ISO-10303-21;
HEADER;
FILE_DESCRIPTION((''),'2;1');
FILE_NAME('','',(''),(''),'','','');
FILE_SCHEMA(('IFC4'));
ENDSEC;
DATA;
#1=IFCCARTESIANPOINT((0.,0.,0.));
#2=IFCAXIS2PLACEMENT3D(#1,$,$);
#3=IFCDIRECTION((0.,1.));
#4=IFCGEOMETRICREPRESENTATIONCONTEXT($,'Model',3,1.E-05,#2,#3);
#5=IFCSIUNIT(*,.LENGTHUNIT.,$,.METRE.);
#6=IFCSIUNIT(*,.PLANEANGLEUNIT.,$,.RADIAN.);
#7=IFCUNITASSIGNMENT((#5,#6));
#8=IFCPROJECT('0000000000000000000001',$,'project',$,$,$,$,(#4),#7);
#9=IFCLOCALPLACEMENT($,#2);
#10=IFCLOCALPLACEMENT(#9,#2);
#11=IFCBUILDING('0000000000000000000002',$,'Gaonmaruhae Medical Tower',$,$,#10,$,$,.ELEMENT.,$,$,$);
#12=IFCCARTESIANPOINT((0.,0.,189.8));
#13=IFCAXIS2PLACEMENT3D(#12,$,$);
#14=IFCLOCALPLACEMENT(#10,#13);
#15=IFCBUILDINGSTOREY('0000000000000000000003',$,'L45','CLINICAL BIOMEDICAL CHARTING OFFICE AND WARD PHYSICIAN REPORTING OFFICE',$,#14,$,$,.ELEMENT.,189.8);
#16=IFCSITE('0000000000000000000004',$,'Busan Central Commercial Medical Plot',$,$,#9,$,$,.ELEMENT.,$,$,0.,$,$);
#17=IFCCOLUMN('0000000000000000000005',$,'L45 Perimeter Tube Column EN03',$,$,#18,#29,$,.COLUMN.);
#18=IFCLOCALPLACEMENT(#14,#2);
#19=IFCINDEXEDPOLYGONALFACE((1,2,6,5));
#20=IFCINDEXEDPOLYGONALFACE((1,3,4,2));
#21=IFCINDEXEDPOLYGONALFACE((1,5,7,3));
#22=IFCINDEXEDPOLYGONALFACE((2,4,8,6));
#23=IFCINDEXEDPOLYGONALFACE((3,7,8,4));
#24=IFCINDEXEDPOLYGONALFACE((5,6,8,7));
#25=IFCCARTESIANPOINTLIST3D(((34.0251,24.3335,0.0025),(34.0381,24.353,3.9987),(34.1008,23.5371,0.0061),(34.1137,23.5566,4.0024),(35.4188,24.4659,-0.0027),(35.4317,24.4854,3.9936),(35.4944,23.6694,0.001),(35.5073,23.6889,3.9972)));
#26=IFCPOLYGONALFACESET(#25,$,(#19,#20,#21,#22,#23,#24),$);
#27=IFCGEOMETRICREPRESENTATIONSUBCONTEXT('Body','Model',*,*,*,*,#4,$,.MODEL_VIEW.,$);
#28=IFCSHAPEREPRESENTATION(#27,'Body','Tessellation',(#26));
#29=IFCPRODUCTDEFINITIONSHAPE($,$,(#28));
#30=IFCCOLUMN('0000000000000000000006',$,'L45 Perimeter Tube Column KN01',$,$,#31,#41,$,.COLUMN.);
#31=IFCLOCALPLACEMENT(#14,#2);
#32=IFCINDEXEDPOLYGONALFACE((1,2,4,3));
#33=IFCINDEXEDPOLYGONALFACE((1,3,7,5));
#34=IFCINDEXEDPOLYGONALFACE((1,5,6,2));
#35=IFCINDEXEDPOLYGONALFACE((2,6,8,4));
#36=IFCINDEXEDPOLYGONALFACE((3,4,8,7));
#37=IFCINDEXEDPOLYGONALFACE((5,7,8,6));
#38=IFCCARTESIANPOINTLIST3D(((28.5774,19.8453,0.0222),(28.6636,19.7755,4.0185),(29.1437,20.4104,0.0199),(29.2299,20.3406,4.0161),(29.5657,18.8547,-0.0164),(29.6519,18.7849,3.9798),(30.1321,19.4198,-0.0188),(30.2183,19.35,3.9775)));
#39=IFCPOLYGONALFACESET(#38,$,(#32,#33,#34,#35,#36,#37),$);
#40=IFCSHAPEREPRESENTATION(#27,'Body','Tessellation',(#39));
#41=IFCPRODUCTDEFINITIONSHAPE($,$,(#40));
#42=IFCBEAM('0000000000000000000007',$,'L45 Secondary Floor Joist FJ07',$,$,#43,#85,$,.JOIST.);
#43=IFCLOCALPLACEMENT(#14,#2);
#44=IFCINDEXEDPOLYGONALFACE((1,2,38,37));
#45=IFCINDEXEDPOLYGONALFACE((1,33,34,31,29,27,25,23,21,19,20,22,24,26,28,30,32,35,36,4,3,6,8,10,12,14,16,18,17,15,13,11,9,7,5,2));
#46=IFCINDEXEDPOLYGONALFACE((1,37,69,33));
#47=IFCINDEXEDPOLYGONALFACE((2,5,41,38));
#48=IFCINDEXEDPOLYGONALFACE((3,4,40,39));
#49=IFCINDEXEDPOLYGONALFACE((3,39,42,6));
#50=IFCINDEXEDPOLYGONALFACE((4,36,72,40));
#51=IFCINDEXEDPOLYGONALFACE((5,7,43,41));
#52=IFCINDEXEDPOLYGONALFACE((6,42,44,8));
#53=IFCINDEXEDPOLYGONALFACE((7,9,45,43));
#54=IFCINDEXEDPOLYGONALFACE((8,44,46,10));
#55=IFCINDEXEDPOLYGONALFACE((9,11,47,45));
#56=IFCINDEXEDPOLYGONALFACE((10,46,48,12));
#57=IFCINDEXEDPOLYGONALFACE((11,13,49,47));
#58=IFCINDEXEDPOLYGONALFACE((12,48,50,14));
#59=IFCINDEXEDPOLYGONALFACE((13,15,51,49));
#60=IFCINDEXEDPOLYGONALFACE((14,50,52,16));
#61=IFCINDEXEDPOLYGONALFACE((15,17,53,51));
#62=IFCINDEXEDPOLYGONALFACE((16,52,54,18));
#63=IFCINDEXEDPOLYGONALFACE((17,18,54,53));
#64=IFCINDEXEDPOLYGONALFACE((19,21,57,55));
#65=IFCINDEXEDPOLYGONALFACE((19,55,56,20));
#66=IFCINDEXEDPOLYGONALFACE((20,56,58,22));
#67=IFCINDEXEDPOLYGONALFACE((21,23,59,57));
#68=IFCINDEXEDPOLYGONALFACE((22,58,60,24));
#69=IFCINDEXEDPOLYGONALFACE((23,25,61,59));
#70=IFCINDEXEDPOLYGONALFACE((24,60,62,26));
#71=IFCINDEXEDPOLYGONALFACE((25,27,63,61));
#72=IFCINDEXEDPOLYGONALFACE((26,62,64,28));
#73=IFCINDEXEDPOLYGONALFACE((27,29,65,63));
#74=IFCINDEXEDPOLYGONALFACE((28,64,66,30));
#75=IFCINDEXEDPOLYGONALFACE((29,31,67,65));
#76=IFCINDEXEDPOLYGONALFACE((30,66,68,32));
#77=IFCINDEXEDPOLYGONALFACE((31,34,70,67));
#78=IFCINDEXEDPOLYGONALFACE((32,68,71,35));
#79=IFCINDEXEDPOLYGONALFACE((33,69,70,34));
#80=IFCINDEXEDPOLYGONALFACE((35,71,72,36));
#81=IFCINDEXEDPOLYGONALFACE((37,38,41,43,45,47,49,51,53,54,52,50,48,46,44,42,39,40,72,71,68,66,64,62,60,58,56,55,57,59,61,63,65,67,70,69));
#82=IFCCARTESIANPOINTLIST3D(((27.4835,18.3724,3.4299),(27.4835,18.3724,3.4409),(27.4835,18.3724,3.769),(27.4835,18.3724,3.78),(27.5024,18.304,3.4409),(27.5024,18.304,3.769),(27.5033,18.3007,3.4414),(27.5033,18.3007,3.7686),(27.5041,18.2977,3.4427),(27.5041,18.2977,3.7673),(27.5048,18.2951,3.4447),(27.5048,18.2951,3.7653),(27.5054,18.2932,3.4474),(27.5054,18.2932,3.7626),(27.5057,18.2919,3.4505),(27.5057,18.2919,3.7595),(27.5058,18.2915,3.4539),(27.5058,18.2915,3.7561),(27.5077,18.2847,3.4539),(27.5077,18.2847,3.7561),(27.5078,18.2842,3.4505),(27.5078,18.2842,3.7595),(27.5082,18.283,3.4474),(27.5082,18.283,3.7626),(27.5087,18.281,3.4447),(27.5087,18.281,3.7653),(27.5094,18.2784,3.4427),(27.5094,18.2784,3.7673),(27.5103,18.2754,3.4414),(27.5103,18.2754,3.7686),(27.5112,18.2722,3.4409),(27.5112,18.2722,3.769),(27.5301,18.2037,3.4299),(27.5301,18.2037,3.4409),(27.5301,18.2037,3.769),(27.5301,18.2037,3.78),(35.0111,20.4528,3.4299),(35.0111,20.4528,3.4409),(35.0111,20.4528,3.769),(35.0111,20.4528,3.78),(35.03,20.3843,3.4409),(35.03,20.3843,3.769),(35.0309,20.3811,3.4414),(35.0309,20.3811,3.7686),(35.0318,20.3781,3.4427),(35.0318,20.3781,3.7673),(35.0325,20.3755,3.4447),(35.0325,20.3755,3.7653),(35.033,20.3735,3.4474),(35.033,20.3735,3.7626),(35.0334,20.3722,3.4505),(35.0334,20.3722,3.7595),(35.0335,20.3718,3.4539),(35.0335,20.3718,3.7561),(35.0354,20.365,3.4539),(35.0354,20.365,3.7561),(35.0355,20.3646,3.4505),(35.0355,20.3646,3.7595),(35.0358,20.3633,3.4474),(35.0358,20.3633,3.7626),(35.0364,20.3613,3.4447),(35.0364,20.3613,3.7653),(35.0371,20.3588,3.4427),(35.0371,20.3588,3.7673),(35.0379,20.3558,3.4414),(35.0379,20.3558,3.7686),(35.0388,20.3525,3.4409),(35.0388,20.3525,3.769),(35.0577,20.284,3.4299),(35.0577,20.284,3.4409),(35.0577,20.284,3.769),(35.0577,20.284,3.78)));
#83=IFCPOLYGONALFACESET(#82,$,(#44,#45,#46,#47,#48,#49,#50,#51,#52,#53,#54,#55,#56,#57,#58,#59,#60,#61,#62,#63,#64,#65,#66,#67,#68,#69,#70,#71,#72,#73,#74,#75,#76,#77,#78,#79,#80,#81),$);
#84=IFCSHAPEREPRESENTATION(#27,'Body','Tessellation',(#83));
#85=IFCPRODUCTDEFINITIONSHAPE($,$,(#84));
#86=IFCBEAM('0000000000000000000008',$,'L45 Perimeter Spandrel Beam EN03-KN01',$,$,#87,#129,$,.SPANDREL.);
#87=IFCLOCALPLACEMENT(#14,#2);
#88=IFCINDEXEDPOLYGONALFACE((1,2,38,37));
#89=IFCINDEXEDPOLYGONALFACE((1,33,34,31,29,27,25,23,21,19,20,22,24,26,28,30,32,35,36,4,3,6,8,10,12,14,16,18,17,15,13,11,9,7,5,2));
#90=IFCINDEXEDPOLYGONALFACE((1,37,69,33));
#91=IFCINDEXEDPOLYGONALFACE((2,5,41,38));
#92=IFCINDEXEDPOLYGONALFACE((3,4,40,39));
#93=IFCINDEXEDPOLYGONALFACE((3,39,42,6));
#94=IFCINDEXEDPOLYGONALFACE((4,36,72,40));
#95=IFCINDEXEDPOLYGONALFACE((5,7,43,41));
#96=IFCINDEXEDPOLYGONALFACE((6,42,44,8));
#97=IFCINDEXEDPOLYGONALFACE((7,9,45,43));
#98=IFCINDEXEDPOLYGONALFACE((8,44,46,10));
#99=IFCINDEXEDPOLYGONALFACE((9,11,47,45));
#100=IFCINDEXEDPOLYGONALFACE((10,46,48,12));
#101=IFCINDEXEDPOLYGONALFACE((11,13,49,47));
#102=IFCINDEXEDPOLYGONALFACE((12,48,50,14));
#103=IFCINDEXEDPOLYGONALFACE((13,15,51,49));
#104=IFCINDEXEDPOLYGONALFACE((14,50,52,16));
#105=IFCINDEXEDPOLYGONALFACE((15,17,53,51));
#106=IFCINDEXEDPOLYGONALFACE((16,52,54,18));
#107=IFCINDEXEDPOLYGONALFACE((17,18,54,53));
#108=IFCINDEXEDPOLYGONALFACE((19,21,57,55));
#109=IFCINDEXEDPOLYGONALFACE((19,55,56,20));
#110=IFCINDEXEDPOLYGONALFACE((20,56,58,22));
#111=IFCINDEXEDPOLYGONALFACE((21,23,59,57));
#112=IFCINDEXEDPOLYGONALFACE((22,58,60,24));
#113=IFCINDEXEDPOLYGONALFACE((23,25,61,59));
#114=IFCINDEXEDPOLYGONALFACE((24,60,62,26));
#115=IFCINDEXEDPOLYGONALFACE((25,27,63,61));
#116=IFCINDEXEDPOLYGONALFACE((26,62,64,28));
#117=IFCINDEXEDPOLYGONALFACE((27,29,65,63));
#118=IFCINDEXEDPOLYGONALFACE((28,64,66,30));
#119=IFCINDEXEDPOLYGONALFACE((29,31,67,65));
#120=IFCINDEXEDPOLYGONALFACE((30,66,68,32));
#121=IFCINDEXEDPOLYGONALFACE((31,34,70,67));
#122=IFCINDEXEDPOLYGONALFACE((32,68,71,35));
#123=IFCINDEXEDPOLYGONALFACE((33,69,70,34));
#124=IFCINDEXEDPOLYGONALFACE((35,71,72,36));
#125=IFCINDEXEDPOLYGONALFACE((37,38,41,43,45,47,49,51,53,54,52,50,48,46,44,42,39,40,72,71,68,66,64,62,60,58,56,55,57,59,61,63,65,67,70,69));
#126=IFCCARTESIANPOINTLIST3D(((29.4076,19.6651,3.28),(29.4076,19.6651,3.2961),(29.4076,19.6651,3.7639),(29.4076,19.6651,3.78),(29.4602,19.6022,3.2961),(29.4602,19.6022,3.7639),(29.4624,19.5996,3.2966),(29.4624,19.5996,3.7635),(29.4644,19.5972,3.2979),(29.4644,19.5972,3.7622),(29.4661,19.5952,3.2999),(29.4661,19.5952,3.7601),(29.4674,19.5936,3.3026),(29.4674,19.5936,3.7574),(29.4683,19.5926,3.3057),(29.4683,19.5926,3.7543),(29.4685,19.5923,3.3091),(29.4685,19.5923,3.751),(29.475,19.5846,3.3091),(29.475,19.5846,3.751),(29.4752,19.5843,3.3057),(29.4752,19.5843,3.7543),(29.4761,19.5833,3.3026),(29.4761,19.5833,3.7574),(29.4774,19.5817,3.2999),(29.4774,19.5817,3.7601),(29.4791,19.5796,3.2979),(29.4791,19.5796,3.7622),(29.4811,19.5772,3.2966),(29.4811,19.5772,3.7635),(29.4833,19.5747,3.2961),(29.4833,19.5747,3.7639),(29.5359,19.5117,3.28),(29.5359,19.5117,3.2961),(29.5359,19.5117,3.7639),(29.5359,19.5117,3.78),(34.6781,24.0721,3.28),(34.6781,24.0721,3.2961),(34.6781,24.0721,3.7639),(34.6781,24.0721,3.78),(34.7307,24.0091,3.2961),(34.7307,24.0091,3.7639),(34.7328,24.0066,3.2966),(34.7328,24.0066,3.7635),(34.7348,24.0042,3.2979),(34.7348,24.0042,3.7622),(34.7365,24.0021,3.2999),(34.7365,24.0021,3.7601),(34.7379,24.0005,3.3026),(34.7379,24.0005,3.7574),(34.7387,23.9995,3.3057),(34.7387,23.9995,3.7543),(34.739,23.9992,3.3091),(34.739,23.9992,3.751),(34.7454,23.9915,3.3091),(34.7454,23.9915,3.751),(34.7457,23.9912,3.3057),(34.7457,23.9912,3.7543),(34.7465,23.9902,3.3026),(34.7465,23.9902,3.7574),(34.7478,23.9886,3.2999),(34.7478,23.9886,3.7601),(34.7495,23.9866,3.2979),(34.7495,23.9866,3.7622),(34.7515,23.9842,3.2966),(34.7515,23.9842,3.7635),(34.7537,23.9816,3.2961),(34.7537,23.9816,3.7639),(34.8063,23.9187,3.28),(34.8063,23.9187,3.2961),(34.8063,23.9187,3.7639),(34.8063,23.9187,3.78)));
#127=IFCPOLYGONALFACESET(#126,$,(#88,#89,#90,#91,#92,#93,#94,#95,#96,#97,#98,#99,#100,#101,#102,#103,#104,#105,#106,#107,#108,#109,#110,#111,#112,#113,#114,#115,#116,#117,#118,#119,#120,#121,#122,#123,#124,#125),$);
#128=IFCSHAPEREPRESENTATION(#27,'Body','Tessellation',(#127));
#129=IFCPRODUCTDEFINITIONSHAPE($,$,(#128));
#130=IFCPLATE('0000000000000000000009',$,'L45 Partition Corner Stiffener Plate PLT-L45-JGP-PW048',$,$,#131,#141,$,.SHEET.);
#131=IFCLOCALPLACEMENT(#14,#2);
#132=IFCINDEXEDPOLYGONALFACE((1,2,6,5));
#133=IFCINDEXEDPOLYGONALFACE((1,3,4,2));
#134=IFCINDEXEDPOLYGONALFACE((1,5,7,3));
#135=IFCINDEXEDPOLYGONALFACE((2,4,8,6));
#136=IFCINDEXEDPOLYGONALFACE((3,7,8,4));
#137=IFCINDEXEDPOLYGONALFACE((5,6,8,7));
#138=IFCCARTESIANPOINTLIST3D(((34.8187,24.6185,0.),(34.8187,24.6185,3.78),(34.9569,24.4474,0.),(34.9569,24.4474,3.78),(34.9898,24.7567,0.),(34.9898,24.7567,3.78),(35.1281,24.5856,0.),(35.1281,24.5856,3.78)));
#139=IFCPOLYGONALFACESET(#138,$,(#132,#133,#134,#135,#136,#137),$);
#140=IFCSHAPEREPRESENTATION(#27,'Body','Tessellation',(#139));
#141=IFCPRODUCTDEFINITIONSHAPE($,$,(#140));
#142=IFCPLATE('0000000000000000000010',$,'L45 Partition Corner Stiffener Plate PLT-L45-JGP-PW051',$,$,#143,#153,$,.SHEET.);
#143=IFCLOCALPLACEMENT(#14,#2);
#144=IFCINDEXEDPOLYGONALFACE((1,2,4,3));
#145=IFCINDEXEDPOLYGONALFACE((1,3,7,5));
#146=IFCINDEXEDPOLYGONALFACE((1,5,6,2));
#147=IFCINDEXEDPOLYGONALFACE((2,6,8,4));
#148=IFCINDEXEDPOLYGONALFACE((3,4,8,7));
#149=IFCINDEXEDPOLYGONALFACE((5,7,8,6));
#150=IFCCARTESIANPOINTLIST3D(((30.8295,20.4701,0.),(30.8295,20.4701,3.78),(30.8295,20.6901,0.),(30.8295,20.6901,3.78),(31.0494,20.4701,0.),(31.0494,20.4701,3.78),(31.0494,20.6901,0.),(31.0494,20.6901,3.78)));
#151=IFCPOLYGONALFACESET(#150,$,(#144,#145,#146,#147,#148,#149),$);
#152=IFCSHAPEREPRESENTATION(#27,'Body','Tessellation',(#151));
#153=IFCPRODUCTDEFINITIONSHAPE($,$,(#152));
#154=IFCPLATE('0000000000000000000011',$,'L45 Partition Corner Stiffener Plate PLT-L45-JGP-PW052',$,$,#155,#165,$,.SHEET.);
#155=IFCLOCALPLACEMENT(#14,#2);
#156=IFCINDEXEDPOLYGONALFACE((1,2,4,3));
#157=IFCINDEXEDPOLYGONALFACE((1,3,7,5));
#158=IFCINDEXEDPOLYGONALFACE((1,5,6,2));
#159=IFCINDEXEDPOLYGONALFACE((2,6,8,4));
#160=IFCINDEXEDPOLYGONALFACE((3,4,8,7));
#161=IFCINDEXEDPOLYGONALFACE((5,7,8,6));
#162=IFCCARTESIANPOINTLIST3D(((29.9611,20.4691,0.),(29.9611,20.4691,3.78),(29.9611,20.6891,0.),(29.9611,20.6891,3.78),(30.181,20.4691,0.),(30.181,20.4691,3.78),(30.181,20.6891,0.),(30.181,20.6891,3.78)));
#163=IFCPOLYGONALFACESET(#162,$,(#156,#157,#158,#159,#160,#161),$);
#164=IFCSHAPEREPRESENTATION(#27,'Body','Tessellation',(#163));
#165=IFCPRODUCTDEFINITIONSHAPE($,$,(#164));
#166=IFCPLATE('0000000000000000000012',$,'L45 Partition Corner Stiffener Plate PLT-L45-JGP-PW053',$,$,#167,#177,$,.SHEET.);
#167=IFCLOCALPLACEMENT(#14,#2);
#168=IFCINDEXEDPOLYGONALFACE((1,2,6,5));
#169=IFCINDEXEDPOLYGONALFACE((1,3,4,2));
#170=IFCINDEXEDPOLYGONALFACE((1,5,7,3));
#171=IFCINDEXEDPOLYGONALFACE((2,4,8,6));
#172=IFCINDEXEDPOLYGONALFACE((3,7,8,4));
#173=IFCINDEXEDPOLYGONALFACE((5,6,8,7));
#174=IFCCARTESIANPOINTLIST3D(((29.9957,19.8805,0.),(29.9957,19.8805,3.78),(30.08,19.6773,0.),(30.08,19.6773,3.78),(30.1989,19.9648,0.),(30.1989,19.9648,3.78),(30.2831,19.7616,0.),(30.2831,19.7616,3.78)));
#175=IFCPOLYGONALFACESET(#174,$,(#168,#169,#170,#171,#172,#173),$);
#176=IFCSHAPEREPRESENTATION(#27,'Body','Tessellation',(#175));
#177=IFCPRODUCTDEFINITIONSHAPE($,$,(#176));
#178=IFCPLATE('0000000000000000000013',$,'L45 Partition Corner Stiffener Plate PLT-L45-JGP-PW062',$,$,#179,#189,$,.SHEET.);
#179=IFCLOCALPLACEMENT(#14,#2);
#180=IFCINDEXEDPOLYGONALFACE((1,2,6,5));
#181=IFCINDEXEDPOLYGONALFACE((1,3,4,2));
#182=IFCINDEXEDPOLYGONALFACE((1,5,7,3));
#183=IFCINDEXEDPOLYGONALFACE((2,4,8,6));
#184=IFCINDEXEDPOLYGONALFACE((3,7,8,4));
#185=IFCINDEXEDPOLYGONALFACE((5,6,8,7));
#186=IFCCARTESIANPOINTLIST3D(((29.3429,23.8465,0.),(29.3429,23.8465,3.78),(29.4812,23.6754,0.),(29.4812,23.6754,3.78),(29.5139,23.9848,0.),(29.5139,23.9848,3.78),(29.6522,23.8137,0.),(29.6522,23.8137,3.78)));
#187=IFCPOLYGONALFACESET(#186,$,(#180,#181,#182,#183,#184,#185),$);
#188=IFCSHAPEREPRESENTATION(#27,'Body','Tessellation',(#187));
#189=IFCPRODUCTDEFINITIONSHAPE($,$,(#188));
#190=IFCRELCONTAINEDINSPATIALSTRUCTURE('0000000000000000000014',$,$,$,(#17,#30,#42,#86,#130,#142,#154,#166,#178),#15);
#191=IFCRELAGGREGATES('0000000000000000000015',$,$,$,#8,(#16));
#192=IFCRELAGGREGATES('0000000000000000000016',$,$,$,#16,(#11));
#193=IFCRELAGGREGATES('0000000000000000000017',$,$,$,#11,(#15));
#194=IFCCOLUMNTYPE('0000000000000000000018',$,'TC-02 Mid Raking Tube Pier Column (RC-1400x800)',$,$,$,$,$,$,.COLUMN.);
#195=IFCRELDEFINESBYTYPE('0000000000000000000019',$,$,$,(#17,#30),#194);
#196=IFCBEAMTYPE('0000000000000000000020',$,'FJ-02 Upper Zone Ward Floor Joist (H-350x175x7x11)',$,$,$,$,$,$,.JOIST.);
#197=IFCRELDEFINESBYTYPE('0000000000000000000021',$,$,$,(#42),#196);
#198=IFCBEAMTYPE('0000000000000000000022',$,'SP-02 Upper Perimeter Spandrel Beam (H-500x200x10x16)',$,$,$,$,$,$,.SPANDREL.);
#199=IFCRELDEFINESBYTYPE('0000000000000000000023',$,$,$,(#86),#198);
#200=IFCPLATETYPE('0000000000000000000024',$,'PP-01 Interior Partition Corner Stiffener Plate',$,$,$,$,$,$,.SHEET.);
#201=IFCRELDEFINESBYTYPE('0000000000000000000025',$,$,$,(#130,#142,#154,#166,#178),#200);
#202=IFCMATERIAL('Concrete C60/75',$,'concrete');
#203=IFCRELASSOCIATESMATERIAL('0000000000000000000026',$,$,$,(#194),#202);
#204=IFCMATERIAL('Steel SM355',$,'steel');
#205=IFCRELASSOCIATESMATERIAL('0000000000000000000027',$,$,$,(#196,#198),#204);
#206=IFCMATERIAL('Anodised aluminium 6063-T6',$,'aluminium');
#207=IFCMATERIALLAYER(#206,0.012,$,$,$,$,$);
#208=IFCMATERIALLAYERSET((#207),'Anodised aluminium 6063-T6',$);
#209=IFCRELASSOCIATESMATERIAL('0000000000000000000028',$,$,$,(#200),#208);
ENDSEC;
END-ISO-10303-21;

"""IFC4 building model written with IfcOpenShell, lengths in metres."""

from ifc_helpers import new_model, si_unit, direction, frame, origin, origin_2d, place, context, subcontext, project, spatial, rectangle, i_section, extrude, material, layer, layer_set, material_profile, profile_set, type_object, element, save


model = new_model("IFC4")

# Units and contexts
model_context = context("Model", 3, precision=1e-05, world=origin(), true_north=direction((0.0, 1.0)))
body_context = subcontext(model_context, "Body", "Model", "MODEL_VIEW")
ifc_project = project(units=[si_unit("LENGTHUNIT", "METRE"), si_unit("PLANEANGLEUNIT", "RADIAN")], contexts=[model_context])

# Site, building, storey
site_placement = place(None, origin())
site = spatial("IfcSite", under=ifc_project, at=site_placement, Name="Busan Central Commercial Medical Plot", CompositionType="ELEMENT", RefElevation=0.0)
building_placement = place(site_placement, origin())
building = spatial("IfcBuilding", under=site, at=building_placement, Name="Gaonmaruhae Medical Tower", CompositionType="ELEMENT")
storey_placement = place(building_placement, frame((0.0, 0.0, 189.8)))
storey = spatial("IfcBuildingStorey", under=building, at=storey_placement, Name="L45", Description="CLINICAL BIOMEDICAL CHARTING OFFICE AND WARD PHYSICIAN REPORTING OFFICE", CompositionType="ELEMENT", Elevation=189.8)

# Columns
ifc_material_1 = material(Name="Concrete C60/75", Category="concrete")
ifc_material_profile_1 = material_profile(ifc_material_1, rectangle(XDim=1.3999, YDim=0.8, at=origin_2d()), Name="RC-1400x800")
ifc_profile_set_1 = profile_set([ifc_material_profile_1], Name="Concrete C60/75")
column_type = type_object("IfcColumnType", Name="TC-02 Mid Raking Tube Pier Column (RC-1400x800)", PredefinedType="COLUMN", material=ifc_profile_set_1)
column_1_placement = place(storey_placement, frame((34.7598, 24.0015, 0.0017), z_axis=(0.003238, 0.004887, 0.999983), x_axis=(-0.995514, -0.094543, 0.003685)))
element("IfcColumn", 1, at=column_1_placement, inside=storey, type_object=column_type, Name="L45 Perimeter Tube Column EN03", PredefinedType="COLUMN", context=body_context, shape_type="SweptSolid", body=[
    extrude(rectangle(XDim=1.3999, YDim=0.8, at=origin_2d()), origin(), (0.0, 0.0, 1.0), 3.9963),
])
column_2_placement = place(storey_placement, frame((29.3547, 19.6326, 0.0017), z_axis=(0.021557, -0.017465, 0.999615), x_axis=(-0.706015, 0.707659, 0.02759)))
element("IfcColumn", 2, at=column_2_placement, inside=storey, type_object=column_type, Name="L45 Perimeter Tube Column KN01", PredefinedType="COLUMN", context=body_context, shape_type="SweptSolid", body=[
    extrude(rectangle(XDim=1.3999, YDim=0.8, at=origin_2d()), origin(), (0.0, 0.0, 1.0), 3.9978),
])

# Beams
ifc_material_2 = material(Name="Steel SM355", Category="steel")
ifc_material_profile_2 = material_profile(ifc_material_2, i_section(OverallWidth=0.175, OverallDepth=0.3501, WebThickness=0.0071, FlangeThickness=0.011, FilletRadius=0.0129, at=origin_2d()), Name="H-350x175x7x11")
ifc_profile_set_2 = profile_set([ifc_material_profile_2], Name="Steel SM355")
beam_type_1 = type_object("IfcBeamType", Name="FJ-02 Upper Zone Ward Floor Joist (H-350x175x7x11)", PredefinedType="JOIST", material=ifc_profile_set_2)
beam_1_placement = place(storey_placement, frame((35.0344, 20.3684, 3.605), z_axis=(-0.96387, -0.266375, 0.0), x_axis=(0.266375, -0.96387, 0.0)))
element("IfcBeam", 3, at=beam_1_placement, inside=storey, type_object=beam_type_1, Name="L45 Secondary Floor Joist FJ07", PredefinedType="JOIST", context=body_context, shape_type="SweptSolid", body=[
    extrude(i_section(OverallWidth=0.175, OverallDepth=0.3501, WebThickness=0.0071, FlangeThickness=0.011, FilletRadius=0.0129, at=origin_2d()), origin(), (0.0, 0.0, 1.0), 7.8098),
])
ifc_material_profile_3 = material_profile(ifc_material_2, i_section(OverallWidth=0.2, OverallDepth=0.5, WebThickness=0.01, FlangeThickness=0.0161, FilletRadius=0.0129, at=origin_2d()), Name="H-500x200x10x16")
ifc_profile_set_3 = profile_set([ifc_material_profile_3], Name="Steel SM355")
beam_type_2 = type_object("IfcBeamType", Name="SP-02 Upper Perimeter Spandrel Beam (H-500x200x10x16)", PredefinedType="SPANDREL", material=ifc_profile_set_3)
beam_2_placement = place(storey_placement, frame((34.7422, 23.9954, 3.53), z_axis=(-0.767154, -0.641463, 0.0), x_axis=(0.641463, -0.767154, 0.0)))
element("IfcBeam", 4, at=beam_2_placement, inside=storey, type_object=beam_type_2, Name="L45 Perimeter Spandrel Beam EN03-KN01", PredefinedType="SPANDREL", context=body_context, shape_type="SweptSolid", body=[
    extrude(i_section(OverallWidth=0.2, OverallDepth=0.5, WebThickness=0.01, FlangeThickness=0.0161, FilletRadius=0.0129, at=origin_2d()), origin(), (0.0, 0.0, 1.0), 6.8701),
])

# Plates
ifc_material_3 = material(Name="Anodised aluminium 6063-T6", Category="aluminium")
ifc_layer_1 = layer(ifc_material_3, 0.012)
ifc_layer_set_1 = layer_set([ifc_layer_1], Name="Anodised aluminium 6063-T6")
plate_type = type_object("IfcPlateType", Name="PP-01 Interior Partition Corner Stiffener Plate", PredefinedType="SHEET", material=ifc_layer_set_1)
for number, where, z_axis, x_axis, name in (
    (5, (34.9734, 24.6021, 0.0), (0.0, 0.0, 1.0), (0.628343, -0.777936, 0.0), "L45 Partition Corner Stiffener Plate PLT-L45-JGP-PW048"),
    (6, (30.9395, 20.5801, 0.0), (0.0, 0.0, 1.0), (-1.0, 0.0, 0.0), "L45 Partition Corner Stiffener Plate PLT-L45-JGP-PW051"),
    (7, (30.071, 20.5791, 0.0), (0.0, 0.0, 1.0), (-1.0, 0.0, 0.0), "L45 Partition Corner Stiffener Plate PLT-L45-JGP-PW052"),
    (8, (30.1394, 19.821, 0.0), (0.0, 0.0, 1.0), (0.383151, -0.923686, 0.0), "L45 Partition Corner Stiffener Plate PLT-L45-JGP-PW053"),
    (9, (29.4976, 23.8301, 0.0), (0.0, 0.0, 1.0), (0.628751, -0.777607, 0.0), "L45 Partition Corner Stiffener Plate PLT-L45-JGP-PW062"),
):
    element("IfcPlate", number, at=place(storey_placement, frame(where, z_axis=z_axis, x_axis=x_axis)), inside=storey, type_object=plate_type, Name=name, PredefinedType="SHEET", context=body_context, shape_type="SweptSolid", body=[
        extrude(rectangle(XDim=0.22, YDim=0.22, at=origin_2d()), origin(), (0.0, 0.0, 1.0), 3.78),
    ])

save(model, "model.ifc")
